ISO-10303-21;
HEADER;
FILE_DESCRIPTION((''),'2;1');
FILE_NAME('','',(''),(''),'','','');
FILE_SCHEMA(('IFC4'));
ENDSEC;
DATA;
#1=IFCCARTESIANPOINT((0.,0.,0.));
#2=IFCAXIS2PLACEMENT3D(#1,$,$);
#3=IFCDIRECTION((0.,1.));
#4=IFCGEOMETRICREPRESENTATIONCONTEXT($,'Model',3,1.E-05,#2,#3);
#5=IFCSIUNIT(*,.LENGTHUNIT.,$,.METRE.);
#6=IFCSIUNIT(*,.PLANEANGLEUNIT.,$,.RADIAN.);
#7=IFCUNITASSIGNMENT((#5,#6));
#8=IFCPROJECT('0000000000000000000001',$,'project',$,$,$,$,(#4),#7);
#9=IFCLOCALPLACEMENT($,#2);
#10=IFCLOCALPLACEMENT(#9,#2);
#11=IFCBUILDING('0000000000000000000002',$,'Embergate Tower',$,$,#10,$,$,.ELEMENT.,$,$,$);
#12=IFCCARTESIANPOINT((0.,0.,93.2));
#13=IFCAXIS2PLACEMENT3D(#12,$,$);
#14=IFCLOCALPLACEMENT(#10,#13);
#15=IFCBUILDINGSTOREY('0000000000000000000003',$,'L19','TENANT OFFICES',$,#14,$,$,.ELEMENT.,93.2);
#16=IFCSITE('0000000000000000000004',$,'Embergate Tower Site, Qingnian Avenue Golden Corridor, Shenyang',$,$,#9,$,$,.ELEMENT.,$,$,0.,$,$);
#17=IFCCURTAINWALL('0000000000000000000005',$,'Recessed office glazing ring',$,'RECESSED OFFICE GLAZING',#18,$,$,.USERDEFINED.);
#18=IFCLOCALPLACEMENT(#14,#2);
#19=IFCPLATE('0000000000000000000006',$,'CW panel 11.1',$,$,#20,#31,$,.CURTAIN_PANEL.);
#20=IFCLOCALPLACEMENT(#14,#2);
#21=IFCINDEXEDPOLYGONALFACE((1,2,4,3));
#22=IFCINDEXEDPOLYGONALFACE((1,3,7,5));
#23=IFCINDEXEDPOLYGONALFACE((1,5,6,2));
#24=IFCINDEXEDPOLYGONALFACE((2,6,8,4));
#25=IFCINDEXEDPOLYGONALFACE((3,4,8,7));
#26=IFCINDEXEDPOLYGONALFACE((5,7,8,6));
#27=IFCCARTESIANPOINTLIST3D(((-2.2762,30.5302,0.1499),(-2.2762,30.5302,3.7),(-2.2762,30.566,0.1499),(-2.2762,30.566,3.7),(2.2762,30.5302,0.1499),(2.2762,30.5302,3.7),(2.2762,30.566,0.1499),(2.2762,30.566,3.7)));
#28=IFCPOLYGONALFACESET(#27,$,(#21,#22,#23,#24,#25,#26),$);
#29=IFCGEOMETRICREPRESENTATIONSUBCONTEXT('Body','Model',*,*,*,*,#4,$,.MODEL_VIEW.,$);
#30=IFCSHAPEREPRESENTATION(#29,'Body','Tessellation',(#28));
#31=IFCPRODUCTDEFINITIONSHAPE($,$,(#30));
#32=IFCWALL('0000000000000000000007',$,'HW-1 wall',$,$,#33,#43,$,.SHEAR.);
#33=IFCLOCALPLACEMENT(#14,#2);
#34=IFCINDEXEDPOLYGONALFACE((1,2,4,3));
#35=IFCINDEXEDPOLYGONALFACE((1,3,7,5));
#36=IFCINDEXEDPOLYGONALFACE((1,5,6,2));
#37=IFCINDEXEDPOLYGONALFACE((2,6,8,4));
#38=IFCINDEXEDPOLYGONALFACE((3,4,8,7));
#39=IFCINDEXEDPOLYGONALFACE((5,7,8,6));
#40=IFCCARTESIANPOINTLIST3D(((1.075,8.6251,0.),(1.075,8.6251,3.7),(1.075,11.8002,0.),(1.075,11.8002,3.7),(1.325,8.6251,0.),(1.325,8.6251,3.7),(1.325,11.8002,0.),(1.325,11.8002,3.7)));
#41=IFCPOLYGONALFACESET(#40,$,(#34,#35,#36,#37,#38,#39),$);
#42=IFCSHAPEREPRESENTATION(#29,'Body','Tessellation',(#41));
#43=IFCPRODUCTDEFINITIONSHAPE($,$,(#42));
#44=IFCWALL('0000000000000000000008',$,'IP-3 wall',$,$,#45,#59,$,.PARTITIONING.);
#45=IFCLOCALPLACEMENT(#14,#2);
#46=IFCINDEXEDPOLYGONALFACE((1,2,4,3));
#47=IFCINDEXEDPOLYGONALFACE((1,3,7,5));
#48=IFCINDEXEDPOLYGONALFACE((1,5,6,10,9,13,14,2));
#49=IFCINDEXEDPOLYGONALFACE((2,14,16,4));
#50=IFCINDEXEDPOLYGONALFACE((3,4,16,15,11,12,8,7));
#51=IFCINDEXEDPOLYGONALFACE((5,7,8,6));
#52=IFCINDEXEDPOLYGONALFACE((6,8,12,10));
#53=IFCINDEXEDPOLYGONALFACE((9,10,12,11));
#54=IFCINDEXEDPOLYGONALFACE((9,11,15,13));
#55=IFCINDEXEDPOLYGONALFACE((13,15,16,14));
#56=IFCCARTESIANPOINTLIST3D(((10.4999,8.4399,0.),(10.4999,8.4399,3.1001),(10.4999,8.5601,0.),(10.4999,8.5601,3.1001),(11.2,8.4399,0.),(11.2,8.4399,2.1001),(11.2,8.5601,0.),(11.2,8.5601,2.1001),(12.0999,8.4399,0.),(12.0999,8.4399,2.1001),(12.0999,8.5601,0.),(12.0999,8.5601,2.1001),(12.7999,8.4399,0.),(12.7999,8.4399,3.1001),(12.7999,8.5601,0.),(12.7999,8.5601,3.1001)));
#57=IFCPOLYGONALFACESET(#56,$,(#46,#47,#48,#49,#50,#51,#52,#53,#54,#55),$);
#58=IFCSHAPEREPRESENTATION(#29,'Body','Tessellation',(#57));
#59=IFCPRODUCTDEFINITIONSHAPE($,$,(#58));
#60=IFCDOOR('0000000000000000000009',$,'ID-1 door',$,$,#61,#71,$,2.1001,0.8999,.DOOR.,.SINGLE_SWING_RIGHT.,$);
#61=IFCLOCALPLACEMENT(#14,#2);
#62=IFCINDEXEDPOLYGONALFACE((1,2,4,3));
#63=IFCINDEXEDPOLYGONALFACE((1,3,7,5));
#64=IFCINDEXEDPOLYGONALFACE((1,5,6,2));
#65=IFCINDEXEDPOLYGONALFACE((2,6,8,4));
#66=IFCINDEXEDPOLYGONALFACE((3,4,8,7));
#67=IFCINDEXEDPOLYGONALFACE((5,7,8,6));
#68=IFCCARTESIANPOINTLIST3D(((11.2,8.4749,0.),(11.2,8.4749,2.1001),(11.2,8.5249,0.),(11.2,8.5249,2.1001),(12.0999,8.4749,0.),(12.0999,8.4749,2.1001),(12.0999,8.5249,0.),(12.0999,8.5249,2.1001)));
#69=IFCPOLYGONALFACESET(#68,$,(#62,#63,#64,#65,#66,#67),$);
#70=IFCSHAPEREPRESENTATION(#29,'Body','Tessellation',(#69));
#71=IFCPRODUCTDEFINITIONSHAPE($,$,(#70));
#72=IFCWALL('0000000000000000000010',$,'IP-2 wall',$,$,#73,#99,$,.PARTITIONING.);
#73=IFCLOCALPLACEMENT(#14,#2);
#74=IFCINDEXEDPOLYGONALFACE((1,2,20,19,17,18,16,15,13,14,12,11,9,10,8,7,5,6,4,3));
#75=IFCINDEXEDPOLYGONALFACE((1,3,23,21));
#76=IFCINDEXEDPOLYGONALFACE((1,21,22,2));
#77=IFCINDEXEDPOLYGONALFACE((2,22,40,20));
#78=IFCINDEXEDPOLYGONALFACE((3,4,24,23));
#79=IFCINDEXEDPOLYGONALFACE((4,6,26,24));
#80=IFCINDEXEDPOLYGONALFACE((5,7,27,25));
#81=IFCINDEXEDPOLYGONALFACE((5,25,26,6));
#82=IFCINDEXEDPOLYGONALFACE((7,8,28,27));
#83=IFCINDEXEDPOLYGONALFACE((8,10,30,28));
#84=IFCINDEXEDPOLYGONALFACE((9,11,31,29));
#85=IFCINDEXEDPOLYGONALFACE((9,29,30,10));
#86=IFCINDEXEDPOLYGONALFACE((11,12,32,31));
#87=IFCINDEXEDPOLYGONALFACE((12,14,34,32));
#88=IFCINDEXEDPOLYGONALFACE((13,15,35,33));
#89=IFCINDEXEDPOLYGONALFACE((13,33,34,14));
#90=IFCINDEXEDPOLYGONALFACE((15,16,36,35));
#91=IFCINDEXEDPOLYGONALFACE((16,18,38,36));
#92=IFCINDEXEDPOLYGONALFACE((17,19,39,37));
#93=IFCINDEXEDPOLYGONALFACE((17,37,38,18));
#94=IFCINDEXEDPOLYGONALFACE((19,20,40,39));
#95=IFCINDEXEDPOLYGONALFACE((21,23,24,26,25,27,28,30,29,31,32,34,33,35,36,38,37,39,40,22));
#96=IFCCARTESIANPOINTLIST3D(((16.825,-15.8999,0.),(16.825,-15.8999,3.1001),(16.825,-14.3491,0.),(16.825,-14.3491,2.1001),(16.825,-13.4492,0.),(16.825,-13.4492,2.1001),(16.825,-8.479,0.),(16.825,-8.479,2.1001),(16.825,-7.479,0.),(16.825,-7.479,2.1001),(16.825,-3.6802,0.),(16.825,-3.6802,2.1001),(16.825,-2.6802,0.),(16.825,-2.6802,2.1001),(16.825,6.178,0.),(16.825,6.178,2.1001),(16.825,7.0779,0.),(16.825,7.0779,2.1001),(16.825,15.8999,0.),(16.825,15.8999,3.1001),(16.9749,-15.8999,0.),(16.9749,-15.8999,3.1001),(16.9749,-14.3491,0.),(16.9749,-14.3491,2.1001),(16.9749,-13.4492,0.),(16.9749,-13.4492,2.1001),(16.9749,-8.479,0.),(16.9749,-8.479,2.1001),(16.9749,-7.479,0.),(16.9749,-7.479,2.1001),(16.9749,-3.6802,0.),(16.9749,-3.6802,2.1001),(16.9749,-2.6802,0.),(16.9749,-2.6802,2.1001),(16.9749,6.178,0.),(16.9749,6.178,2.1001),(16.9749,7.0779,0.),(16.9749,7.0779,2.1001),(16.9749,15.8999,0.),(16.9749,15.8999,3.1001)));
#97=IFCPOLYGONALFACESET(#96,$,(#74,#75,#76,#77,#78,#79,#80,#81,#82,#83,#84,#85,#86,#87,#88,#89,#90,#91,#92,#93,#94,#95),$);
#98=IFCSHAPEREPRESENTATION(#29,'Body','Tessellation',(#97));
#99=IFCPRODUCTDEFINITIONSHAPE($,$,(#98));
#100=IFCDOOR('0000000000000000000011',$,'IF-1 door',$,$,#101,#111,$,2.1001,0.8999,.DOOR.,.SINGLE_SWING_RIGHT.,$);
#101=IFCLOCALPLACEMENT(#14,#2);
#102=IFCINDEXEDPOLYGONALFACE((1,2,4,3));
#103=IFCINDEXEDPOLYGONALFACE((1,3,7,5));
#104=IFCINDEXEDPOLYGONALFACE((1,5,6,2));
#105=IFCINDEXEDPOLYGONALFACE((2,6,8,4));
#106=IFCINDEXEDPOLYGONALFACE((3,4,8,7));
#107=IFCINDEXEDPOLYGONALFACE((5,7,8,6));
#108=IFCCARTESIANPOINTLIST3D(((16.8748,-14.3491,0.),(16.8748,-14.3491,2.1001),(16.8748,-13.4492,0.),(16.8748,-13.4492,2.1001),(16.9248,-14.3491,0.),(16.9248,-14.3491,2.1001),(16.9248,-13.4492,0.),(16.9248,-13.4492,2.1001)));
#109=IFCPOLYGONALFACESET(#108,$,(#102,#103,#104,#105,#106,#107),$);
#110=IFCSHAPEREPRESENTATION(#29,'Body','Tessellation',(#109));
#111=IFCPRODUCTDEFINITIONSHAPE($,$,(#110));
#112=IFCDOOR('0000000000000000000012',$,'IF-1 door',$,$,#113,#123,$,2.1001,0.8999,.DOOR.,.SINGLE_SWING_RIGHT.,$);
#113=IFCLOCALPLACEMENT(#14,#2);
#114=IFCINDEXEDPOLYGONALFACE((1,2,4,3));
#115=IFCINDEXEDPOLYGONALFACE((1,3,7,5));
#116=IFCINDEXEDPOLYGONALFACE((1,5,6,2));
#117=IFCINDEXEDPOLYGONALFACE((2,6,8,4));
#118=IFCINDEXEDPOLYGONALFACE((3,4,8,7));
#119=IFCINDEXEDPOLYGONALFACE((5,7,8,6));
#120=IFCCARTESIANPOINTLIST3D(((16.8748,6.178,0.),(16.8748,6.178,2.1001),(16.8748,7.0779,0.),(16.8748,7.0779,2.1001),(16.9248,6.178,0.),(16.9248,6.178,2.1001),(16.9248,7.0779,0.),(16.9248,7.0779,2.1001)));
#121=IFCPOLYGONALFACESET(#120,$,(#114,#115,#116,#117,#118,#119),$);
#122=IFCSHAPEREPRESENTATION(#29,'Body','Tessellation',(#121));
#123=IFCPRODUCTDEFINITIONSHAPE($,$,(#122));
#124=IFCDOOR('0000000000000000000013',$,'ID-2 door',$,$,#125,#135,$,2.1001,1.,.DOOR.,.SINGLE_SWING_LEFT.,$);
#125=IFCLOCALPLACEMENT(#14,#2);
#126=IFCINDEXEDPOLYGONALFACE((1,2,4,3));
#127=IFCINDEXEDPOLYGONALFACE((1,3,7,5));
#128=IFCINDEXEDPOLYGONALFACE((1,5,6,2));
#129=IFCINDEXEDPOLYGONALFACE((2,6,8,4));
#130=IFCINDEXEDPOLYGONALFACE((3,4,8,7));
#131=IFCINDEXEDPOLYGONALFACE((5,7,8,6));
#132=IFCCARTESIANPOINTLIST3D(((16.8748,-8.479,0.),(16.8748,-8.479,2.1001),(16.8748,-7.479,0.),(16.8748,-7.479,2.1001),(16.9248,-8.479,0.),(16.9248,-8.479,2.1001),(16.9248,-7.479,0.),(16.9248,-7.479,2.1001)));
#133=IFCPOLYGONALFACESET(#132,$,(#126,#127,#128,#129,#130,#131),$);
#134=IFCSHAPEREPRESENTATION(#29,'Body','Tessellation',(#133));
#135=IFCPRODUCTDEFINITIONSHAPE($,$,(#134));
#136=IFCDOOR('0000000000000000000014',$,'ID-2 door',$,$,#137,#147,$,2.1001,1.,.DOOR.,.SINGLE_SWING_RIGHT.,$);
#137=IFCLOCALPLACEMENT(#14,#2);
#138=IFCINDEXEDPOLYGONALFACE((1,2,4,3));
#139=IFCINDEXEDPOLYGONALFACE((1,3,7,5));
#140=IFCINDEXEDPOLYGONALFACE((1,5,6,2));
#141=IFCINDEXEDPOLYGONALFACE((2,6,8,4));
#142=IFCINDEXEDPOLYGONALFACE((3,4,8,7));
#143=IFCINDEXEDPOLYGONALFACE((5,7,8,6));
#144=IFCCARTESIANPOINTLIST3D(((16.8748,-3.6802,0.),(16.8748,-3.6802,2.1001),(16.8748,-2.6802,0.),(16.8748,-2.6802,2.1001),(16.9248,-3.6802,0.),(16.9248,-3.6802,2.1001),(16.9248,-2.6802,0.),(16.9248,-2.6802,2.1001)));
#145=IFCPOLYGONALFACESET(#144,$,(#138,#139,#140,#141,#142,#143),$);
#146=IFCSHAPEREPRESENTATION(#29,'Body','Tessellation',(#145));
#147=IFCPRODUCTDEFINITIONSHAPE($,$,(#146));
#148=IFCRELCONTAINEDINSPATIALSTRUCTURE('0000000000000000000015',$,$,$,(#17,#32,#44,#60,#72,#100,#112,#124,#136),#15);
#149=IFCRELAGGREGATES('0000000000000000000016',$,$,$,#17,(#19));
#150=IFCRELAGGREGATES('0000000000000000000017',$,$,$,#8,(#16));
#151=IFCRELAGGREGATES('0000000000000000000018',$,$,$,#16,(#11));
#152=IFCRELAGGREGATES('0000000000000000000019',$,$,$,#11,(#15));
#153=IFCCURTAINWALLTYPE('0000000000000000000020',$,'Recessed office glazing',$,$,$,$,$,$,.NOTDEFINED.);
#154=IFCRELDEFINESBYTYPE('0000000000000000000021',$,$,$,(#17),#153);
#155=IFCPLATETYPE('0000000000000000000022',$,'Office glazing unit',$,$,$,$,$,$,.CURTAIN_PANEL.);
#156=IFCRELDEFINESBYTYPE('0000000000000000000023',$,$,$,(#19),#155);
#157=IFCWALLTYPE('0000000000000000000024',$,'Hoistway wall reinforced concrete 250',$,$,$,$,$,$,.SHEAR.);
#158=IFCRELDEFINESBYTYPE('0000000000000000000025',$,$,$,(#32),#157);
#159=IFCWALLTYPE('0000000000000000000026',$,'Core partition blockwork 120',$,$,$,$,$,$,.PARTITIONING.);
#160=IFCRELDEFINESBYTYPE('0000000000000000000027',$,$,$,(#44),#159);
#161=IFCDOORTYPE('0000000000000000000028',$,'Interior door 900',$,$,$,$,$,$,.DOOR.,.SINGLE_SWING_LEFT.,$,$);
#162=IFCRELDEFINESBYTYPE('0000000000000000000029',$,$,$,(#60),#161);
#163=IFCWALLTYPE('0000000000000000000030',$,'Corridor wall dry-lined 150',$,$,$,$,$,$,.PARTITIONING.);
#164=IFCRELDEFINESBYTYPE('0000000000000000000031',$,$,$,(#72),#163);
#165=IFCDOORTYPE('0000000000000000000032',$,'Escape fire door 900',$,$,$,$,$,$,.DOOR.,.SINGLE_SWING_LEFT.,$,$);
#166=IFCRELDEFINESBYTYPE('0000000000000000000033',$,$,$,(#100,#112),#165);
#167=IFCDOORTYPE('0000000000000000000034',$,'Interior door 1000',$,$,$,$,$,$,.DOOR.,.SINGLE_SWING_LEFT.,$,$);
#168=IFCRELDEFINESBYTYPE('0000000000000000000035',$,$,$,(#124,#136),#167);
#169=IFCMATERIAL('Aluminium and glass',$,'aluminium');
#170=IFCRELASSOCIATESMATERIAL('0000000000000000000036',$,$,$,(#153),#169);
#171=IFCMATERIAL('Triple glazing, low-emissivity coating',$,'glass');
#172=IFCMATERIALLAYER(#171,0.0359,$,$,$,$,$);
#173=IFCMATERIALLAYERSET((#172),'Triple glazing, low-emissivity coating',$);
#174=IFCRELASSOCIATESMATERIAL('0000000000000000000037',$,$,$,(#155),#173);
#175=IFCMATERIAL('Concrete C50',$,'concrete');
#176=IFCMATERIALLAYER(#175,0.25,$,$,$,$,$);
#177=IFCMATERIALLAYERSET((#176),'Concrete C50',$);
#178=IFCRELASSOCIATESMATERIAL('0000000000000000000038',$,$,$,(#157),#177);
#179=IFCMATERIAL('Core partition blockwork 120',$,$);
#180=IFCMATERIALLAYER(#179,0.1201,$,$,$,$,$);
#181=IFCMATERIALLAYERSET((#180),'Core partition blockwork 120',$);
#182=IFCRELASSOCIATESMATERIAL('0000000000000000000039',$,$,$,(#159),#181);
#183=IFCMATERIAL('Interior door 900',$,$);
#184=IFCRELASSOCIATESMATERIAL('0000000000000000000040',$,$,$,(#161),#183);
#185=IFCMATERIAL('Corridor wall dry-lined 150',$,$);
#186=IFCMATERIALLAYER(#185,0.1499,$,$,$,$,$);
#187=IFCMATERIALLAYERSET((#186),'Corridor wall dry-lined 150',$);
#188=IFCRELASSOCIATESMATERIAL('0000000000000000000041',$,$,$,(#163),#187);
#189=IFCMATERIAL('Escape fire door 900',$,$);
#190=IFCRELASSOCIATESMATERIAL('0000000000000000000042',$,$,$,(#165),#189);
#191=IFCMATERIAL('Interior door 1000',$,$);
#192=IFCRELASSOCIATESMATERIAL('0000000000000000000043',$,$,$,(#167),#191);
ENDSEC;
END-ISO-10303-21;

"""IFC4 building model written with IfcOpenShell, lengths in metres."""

from ifc_helpers import new_model, si_unit, direction, frame, frame_2d, origin, origin_2d, place, context, subcontext, project, spatial, rectangle, extrude, source, transform, mapped, material, layer, layer_set, type_object, element, fill, aggregate, save


model = new_model("IFC4")

# Units and contexts
model_context = context("Model", 3, precision=1e-05, world=origin(), true_north=direction((0.0, 1.0)))
body_context = subcontext(model_context, "Body", "Model", "MODEL_VIEW")
ifc_project = project(units=[si_unit("LENGTHUNIT", "METRE"), si_unit("PLANEANGLEUNIT", "RADIAN")], contexts=[model_context])

# Site, building, storey
site_placement = place(None, origin())
site = spatial("IfcSite", under=ifc_project, at=site_placement, Name="Embergate Tower Site, Qingnian Avenue Golden Corridor, Shenyang", CompositionType="ELEMENT", RefElevation=0.0)
building_placement = place(site_placement, origin())
building = spatial("IfcBuilding", under=site, at=building_placement, Name="Embergate Tower", CompositionType="ELEMENT")
storey_placement = place(building_placement, frame((0.0, 0.0, 93.2)))
storey = spatial("IfcBuildingStorey", under=building, at=storey_placement, Name="L19", Description="TENANT OFFICES", CompositionType="ELEMENT", Elevation=93.2)

# Curtain wall, plate
ifc_material_1 = material(Name="Aluminium and glass", Category="aluminium")
curtain_wall_type = type_object("IfcCurtainWallType", Name="Recessed office glazing", PredefinedType="NOTDEFINED", material=ifc_material_1)
curtain_wall_placement = place(storey_placement, origin())
curtain_wall = element("IfcCurtainWall", 1, at=curtain_wall_placement, inside=storey, type_object=curtain_wall_type, Name="Recessed office glazing ring", ObjectType="RECESSED OFFICE GLAZING", PredefinedType="USERDEFINED")
ifc_material_2 = material(Name="Triple glazing, low-emissivity coating", Category="glass")
ifc_layer_1 = layer(ifc_material_2, 0.0359)
ifc_layer_set_1 = layer_set([ifc_layer_1], Name="Triple glazing, low-emissivity coating")
plate_type = type_object("IfcPlateType", Name="Office glazing unit", PredefinedType="CURTAIN_PANEL", material=ifc_layer_set_1)
shared_shape_1 = source(origin(), body_context, "Body", "SweptSolid", [
    extrude(rectangle(XDim=4.5525, YDim=0.0359, at=origin_2d()), origin(), (0.0, 0.0, 1.0), 3.55),
])
plate_1_placement = place(storey_placement, frame((0.0, 30.5481, 0.1499), z_axis=(0.0, 0.0, 1.0), x_axis=(-1.0, 0.0, 0.0)))
plate_1 = element("IfcPlate", 2, at=plate_1_placement, type_object=plate_type, Name="CW panel 11.1", PredefinedType="CURTAIN_PANEL", context=body_context, shape_type="MappedRepresentation", body=[
    mapped(shared_shape_1, transform((0.0, 0.0, 0.0))),
])
aggregate(curtain_wall, [plate_1])

# Wall
ifc_material_3 = material(Name="Concrete C50", Category="concrete")
ifc_layer_2 = layer(ifc_material_3, 0.25)
ifc_layer_set_2 = layer_set([ifc_layer_2], Name="Concrete C50")
wall_type_1 = type_object("IfcWallType", Name="Hoistway wall reinforced concrete 250", PredefinedType="SHEAR", material=ifc_layer_set_2)
shared_shape_2 = source(origin(), body_context, "Body", "SweptSolid", [
    extrude(rectangle(XDim=3.175, YDim=0.25, at=frame_2d((1.5874, 0.0))), origin(), (0.0, 0.0, 1.0), 3.7),
])
wall_1_placement = place(storey_placement, frame((1.2, 11.8, 0.0), z_axis=(0.0, 0.0, 1.0), x_axis=(0.0, -1.0, 0.0)))
element("IfcWall", 3, at=wall_1_placement, inside=storey, type_object=wall_type_1, Name="HW-1 wall", PredefinedType="SHEAR", context=body_context, shape_type="MappedRepresentation", body=[
    mapped(shared_shape_2, transform((0.0, 0.0, 0.0))),
])

# Wall, opening, door
ifc_material_4 = material(Name="Core partition blockwork 120")
ifc_layer_3 = layer(ifc_material_4, 0.1201)
ifc_layer_set_3 = layer_set([ifc_layer_3], Name="Core partition blockwork 120")
wall_type_2 = type_object("IfcWallType", Name="Core partition blockwork 120", PredefinedType="PARTITIONING", material=ifc_layer_set_3)
shared_shape_3 = source(origin(), body_context, "Body", "SweptSolid", [
    extrude(rectangle(XDim=2.3, YDim=0.1201, at=frame_2d((1.1499, 0.0))), origin(), (0.0, 0.0, 1.0), 3.1001),
])
wall_2_placement = place(storey_placement, frame((10.5, 8.5, 0.0), z_axis=(0.0, 0.0, 1.0), x_axis=(1.0, 0.0, 0.0)))
wall_2 = element("IfcWall", 4, at=wall_2_placement, inside=storey, type_object=wall_type_2, Name="IP-3 wall", PredefinedType="PARTITIONING", context=body_context, shape_type="MappedRepresentation", body=[
    mapped(shared_shape_3, transform((0.0, 0.0, 0.0))),
])
shared_shape_4 = source(origin(), body_context, "Body", "SweptSolid", [
    extrude(rectangle(XDim=0.8999, YDim=2.1001, at=frame_2d((0.45, 1.05))), frame((0.0, 0.0701, 0.0), z_axis=(0.0, -1.0, 0.0), x_axis=(1.0, 0.0, 0.0)), (0.0, 0.0, 1.0), 0.1401),
])
opening_1_placement = place(wall_2_placement, frame((0.7, 0.0, 0.0)))
opening_1 = element("IfcOpeningElement", 5, at=opening_1_placement, cuts=wall_2, PredefinedType="OPENING", context=body_context, shape_type="MappedRepresentation", body=[
    mapped(shared_shape_4, transform((0.0, 0.0, 0.0))),
])
ifc_material_5 = material(Name="Interior door 900")
door_type_1 = type_object("IfcDoorType", Name="Interior door 900", OperationType="SINGLE_SWING_LEFT", PredefinedType="DOOR", material=ifc_material_5)
shared_shape_5 = source(origin(), body_context, "Body", "SweptSolid", [
    extrude(rectangle(XDim=0.8999, YDim=2.1001, at=frame_2d((0.45, 1.05))), frame((0.0, 0.0249, 0.0), z_axis=(0.0, -1.0, 0.0), x_axis=(1.0, 0.0, 0.0)), (0.0, 0.0, 1.0), 0.05),
])
door_1_placement = place(opening_1_placement, origin())
door_1 = element("IfcDoor", 6, at=door_1_placement, inside=storey, type_object=door_type_1, Name="ID-1 door", OperationType="SINGLE_SWING_RIGHT", OverallHeight=2.1001, OverallWidth=0.8999, PredefinedType="DOOR", context=body_context, shape_type="MappedRepresentation", body=[
    mapped(shared_shape_5, transform((0.0, 0.0, 0.0))),
])
fill(opening_1, door_1)

# Wall, openings, doors
ifc_material_6 = material(Name="Corridor wall dry-lined 150")
ifc_layer_4 = layer(ifc_material_6, 0.1499)
ifc_layer_set_4 = layer_set([ifc_layer_4], Name="Corridor wall dry-lined 150")
wall_type_3 = type_object("IfcWallType", Name="Corridor wall dry-lined 150", PredefinedType="PARTITIONING", material=ifc_layer_set_4)
shared_shape_6 = source(origin(), body_context, "Body", "SweptSolid", [
    extrude(rectangle(XDim=31.7998, YDim=0.1499, at=frame_2d((15.8999, 0.0))), origin(), (0.0, 0.0, 1.0), 3.1001),
])
wall_3_placement = place(storey_placement, frame((16.8999, 15.8999, 0.0), z_axis=(0.0, 0.0, 1.0), x_axis=(0.0, -1.0, 0.0)))
wall_3 = element("IfcWall", 7, at=wall_3_placement, inside=storey, type_object=wall_type_3, Name="IP-2 wall", PredefinedType="PARTITIONING", context=body_context, shape_type="MappedRepresentation", body=[
    mapped(shared_shape_6, transform((0.0, 0.0, 0.0))),
])
shared_shape_7 = source(origin(), body_context, "Body", "SweptSolid", [
    extrude(rectangle(XDim=0.8999, YDim=2.1001, at=frame_2d((0.45, 1.05))), frame((0.0, 0.085, 0.0), z_axis=(0.0, -1.0, 0.0), x_axis=(1.0, 0.0, 0.0)), (0.0, 0.0, 1.0), 0.1699),
])
opening_2_placement = place(wall_3_placement, frame((29.3491, 0.0, 0.0)))
opening_2 = element("IfcOpeningElement", 8, at=opening_2_placement, cuts=wall_3, PredefinedType="OPENING", context=body_context, shape_type="MappedRepresentation", body=[
    mapped(shared_shape_7, transform((0.0, 0.0, 0.0))),
])
shared_shape_8 = source(origin(), body_context, "Body", "SweptSolid", [
    extrude(rectangle(XDim=1.0, YDim=2.1001, at=frame_2d((0.5, 1.05))), frame((0.0, 0.085, 0.0), z_axis=(0.0, -1.0, 0.0), x_axis=(1.0, 0.0, 0.0)), (0.0, 0.0, 1.0), 0.1699),
])
opening_3_placement = place(wall_3_placement, frame((23.3789, 0.0, 0.0)))
opening_3 = element("IfcOpeningElement", 9, at=opening_3_placement, cuts=wall_3, PredefinedType="OPENING", context=body_context, shape_type="MappedRepresentation", body=[
    mapped(shared_shape_8, transform((0.0, 0.0, 0.0))),
])
opening_4_placement = place(wall_3_placement, frame((18.5801, 0.0, 0.0)))
opening_4 = element("IfcOpeningElement", 10, at=opening_4_placement, cuts=wall_3, PredefinedType="OPENING", context=body_context, shape_type="MappedRepresentation", body=[
    mapped(shared_shape_8, transform((0.0, 0.0, 0.0))),
])
opening_5_placement = place(wall_3_placement, frame((8.822, 0.0, 0.0)))
opening_5 = element("IfcOpeningElement", 11, at=opening_5_placement, cuts=wall_3, PredefinedType="OPENING", context=body_context, shape_type="MappedRepresentation", body=[
    mapped(shared_shape_7, transform((0.0, 0.0, 0.0))),
])
ifc_material_7 = material(Name="Escape fire door 900")
door_type_2 = type_object("IfcDoorType", Name="Escape fire door 900", OperationType="SINGLE_SWING_LEFT", PredefinedType="DOOR", material=ifc_material_7)
door_2_placement = place(opening_2_placement, origin())
door_2 = element("IfcDoor", 12, at=door_2_placement, inside=storey, type_object=door_type_2, Name="IF-1 door", OperationType="SINGLE_SWING_RIGHT", OverallHeight=2.1001, OverallWidth=0.8999, PredefinedType="DOOR", context=body_context, shape_type="MappedRepresentation", body=[
    mapped(shared_shape_5, transform((0.0, 0.0, 0.0))),
])
fill(opening_2, door_2)
door_3_placement = place(opening_5_placement, origin())
door_3 = element("IfcDoor", 13, at=door_3_placement, inside=storey, type_object=door_type_2, Name="IF-1 door", OperationType="SINGLE_SWING_RIGHT", OverallHeight=2.1001, OverallWidth=0.8999, PredefinedType="DOOR", context=body_context, shape_type="MappedRepresentation", body=[
    mapped(shared_shape_5, transform((0.0, 0.0, 0.0))),
])
fill(opening_5, door_3)
ifc_material_8 = material(Name="Interior door 1000")
door_type_3 = type_object("IfcDoorType", Name="Interior door 1000", OperationType="SINGLE_SWING_LEFT", PredefinedType="DOOR", material=ifc_material_8)
shared_shape_9 = source(origin(), body_context, "Body", "SweptSolid", [
    extrude(rectangle(XDim=1.0, YDim=2.1001, at=frame_2d((0.5, 1.05))), frame((0.0, 0.0249, 0.0), z_axis=(0.0, -1.0, 0.0), x_axis=(1.0, 0.0, 0.0)), (0.0, 0.0, 1.0), 0.05),
])
door_4_placement = place(opening_3_placement, origin())
door_4 = element("IfcDoor", 14, at=door_4_placement, inside=storey, type_object=door_type_3, Name="ID-2 door", OperationType="SINGLE_SWING_LEFT", OverallHeight=2.1001, OverallWidth=1.0, PredefinedType="DOOR", context=body_context, shape_type="MappedRepresentation", body=[
    mapped(shared_shape_9, transform((0.0, 0.0, 0.0))),
])
fill(opening_3, door_4)
door_5_placement = place(opening_4_placement, origin())
door_5 = element("IfcDoor", 15, at=door_5_placement, inside=storey, type_object=door_type_3, Name="ID-2 door", OperationType="SINGLE_SWING_RIGHT", OverallHeight=2.1001, OverallWidth=1.0, PredefinedType="DOOR", context=body_context, shape_type="MappedRepresentation", body=[
    mapped(shared_shape_9, transform((0.0, 0.0, 0.0))),
])
fill(opening_4, door_5)

save(model, "model.ifc")
